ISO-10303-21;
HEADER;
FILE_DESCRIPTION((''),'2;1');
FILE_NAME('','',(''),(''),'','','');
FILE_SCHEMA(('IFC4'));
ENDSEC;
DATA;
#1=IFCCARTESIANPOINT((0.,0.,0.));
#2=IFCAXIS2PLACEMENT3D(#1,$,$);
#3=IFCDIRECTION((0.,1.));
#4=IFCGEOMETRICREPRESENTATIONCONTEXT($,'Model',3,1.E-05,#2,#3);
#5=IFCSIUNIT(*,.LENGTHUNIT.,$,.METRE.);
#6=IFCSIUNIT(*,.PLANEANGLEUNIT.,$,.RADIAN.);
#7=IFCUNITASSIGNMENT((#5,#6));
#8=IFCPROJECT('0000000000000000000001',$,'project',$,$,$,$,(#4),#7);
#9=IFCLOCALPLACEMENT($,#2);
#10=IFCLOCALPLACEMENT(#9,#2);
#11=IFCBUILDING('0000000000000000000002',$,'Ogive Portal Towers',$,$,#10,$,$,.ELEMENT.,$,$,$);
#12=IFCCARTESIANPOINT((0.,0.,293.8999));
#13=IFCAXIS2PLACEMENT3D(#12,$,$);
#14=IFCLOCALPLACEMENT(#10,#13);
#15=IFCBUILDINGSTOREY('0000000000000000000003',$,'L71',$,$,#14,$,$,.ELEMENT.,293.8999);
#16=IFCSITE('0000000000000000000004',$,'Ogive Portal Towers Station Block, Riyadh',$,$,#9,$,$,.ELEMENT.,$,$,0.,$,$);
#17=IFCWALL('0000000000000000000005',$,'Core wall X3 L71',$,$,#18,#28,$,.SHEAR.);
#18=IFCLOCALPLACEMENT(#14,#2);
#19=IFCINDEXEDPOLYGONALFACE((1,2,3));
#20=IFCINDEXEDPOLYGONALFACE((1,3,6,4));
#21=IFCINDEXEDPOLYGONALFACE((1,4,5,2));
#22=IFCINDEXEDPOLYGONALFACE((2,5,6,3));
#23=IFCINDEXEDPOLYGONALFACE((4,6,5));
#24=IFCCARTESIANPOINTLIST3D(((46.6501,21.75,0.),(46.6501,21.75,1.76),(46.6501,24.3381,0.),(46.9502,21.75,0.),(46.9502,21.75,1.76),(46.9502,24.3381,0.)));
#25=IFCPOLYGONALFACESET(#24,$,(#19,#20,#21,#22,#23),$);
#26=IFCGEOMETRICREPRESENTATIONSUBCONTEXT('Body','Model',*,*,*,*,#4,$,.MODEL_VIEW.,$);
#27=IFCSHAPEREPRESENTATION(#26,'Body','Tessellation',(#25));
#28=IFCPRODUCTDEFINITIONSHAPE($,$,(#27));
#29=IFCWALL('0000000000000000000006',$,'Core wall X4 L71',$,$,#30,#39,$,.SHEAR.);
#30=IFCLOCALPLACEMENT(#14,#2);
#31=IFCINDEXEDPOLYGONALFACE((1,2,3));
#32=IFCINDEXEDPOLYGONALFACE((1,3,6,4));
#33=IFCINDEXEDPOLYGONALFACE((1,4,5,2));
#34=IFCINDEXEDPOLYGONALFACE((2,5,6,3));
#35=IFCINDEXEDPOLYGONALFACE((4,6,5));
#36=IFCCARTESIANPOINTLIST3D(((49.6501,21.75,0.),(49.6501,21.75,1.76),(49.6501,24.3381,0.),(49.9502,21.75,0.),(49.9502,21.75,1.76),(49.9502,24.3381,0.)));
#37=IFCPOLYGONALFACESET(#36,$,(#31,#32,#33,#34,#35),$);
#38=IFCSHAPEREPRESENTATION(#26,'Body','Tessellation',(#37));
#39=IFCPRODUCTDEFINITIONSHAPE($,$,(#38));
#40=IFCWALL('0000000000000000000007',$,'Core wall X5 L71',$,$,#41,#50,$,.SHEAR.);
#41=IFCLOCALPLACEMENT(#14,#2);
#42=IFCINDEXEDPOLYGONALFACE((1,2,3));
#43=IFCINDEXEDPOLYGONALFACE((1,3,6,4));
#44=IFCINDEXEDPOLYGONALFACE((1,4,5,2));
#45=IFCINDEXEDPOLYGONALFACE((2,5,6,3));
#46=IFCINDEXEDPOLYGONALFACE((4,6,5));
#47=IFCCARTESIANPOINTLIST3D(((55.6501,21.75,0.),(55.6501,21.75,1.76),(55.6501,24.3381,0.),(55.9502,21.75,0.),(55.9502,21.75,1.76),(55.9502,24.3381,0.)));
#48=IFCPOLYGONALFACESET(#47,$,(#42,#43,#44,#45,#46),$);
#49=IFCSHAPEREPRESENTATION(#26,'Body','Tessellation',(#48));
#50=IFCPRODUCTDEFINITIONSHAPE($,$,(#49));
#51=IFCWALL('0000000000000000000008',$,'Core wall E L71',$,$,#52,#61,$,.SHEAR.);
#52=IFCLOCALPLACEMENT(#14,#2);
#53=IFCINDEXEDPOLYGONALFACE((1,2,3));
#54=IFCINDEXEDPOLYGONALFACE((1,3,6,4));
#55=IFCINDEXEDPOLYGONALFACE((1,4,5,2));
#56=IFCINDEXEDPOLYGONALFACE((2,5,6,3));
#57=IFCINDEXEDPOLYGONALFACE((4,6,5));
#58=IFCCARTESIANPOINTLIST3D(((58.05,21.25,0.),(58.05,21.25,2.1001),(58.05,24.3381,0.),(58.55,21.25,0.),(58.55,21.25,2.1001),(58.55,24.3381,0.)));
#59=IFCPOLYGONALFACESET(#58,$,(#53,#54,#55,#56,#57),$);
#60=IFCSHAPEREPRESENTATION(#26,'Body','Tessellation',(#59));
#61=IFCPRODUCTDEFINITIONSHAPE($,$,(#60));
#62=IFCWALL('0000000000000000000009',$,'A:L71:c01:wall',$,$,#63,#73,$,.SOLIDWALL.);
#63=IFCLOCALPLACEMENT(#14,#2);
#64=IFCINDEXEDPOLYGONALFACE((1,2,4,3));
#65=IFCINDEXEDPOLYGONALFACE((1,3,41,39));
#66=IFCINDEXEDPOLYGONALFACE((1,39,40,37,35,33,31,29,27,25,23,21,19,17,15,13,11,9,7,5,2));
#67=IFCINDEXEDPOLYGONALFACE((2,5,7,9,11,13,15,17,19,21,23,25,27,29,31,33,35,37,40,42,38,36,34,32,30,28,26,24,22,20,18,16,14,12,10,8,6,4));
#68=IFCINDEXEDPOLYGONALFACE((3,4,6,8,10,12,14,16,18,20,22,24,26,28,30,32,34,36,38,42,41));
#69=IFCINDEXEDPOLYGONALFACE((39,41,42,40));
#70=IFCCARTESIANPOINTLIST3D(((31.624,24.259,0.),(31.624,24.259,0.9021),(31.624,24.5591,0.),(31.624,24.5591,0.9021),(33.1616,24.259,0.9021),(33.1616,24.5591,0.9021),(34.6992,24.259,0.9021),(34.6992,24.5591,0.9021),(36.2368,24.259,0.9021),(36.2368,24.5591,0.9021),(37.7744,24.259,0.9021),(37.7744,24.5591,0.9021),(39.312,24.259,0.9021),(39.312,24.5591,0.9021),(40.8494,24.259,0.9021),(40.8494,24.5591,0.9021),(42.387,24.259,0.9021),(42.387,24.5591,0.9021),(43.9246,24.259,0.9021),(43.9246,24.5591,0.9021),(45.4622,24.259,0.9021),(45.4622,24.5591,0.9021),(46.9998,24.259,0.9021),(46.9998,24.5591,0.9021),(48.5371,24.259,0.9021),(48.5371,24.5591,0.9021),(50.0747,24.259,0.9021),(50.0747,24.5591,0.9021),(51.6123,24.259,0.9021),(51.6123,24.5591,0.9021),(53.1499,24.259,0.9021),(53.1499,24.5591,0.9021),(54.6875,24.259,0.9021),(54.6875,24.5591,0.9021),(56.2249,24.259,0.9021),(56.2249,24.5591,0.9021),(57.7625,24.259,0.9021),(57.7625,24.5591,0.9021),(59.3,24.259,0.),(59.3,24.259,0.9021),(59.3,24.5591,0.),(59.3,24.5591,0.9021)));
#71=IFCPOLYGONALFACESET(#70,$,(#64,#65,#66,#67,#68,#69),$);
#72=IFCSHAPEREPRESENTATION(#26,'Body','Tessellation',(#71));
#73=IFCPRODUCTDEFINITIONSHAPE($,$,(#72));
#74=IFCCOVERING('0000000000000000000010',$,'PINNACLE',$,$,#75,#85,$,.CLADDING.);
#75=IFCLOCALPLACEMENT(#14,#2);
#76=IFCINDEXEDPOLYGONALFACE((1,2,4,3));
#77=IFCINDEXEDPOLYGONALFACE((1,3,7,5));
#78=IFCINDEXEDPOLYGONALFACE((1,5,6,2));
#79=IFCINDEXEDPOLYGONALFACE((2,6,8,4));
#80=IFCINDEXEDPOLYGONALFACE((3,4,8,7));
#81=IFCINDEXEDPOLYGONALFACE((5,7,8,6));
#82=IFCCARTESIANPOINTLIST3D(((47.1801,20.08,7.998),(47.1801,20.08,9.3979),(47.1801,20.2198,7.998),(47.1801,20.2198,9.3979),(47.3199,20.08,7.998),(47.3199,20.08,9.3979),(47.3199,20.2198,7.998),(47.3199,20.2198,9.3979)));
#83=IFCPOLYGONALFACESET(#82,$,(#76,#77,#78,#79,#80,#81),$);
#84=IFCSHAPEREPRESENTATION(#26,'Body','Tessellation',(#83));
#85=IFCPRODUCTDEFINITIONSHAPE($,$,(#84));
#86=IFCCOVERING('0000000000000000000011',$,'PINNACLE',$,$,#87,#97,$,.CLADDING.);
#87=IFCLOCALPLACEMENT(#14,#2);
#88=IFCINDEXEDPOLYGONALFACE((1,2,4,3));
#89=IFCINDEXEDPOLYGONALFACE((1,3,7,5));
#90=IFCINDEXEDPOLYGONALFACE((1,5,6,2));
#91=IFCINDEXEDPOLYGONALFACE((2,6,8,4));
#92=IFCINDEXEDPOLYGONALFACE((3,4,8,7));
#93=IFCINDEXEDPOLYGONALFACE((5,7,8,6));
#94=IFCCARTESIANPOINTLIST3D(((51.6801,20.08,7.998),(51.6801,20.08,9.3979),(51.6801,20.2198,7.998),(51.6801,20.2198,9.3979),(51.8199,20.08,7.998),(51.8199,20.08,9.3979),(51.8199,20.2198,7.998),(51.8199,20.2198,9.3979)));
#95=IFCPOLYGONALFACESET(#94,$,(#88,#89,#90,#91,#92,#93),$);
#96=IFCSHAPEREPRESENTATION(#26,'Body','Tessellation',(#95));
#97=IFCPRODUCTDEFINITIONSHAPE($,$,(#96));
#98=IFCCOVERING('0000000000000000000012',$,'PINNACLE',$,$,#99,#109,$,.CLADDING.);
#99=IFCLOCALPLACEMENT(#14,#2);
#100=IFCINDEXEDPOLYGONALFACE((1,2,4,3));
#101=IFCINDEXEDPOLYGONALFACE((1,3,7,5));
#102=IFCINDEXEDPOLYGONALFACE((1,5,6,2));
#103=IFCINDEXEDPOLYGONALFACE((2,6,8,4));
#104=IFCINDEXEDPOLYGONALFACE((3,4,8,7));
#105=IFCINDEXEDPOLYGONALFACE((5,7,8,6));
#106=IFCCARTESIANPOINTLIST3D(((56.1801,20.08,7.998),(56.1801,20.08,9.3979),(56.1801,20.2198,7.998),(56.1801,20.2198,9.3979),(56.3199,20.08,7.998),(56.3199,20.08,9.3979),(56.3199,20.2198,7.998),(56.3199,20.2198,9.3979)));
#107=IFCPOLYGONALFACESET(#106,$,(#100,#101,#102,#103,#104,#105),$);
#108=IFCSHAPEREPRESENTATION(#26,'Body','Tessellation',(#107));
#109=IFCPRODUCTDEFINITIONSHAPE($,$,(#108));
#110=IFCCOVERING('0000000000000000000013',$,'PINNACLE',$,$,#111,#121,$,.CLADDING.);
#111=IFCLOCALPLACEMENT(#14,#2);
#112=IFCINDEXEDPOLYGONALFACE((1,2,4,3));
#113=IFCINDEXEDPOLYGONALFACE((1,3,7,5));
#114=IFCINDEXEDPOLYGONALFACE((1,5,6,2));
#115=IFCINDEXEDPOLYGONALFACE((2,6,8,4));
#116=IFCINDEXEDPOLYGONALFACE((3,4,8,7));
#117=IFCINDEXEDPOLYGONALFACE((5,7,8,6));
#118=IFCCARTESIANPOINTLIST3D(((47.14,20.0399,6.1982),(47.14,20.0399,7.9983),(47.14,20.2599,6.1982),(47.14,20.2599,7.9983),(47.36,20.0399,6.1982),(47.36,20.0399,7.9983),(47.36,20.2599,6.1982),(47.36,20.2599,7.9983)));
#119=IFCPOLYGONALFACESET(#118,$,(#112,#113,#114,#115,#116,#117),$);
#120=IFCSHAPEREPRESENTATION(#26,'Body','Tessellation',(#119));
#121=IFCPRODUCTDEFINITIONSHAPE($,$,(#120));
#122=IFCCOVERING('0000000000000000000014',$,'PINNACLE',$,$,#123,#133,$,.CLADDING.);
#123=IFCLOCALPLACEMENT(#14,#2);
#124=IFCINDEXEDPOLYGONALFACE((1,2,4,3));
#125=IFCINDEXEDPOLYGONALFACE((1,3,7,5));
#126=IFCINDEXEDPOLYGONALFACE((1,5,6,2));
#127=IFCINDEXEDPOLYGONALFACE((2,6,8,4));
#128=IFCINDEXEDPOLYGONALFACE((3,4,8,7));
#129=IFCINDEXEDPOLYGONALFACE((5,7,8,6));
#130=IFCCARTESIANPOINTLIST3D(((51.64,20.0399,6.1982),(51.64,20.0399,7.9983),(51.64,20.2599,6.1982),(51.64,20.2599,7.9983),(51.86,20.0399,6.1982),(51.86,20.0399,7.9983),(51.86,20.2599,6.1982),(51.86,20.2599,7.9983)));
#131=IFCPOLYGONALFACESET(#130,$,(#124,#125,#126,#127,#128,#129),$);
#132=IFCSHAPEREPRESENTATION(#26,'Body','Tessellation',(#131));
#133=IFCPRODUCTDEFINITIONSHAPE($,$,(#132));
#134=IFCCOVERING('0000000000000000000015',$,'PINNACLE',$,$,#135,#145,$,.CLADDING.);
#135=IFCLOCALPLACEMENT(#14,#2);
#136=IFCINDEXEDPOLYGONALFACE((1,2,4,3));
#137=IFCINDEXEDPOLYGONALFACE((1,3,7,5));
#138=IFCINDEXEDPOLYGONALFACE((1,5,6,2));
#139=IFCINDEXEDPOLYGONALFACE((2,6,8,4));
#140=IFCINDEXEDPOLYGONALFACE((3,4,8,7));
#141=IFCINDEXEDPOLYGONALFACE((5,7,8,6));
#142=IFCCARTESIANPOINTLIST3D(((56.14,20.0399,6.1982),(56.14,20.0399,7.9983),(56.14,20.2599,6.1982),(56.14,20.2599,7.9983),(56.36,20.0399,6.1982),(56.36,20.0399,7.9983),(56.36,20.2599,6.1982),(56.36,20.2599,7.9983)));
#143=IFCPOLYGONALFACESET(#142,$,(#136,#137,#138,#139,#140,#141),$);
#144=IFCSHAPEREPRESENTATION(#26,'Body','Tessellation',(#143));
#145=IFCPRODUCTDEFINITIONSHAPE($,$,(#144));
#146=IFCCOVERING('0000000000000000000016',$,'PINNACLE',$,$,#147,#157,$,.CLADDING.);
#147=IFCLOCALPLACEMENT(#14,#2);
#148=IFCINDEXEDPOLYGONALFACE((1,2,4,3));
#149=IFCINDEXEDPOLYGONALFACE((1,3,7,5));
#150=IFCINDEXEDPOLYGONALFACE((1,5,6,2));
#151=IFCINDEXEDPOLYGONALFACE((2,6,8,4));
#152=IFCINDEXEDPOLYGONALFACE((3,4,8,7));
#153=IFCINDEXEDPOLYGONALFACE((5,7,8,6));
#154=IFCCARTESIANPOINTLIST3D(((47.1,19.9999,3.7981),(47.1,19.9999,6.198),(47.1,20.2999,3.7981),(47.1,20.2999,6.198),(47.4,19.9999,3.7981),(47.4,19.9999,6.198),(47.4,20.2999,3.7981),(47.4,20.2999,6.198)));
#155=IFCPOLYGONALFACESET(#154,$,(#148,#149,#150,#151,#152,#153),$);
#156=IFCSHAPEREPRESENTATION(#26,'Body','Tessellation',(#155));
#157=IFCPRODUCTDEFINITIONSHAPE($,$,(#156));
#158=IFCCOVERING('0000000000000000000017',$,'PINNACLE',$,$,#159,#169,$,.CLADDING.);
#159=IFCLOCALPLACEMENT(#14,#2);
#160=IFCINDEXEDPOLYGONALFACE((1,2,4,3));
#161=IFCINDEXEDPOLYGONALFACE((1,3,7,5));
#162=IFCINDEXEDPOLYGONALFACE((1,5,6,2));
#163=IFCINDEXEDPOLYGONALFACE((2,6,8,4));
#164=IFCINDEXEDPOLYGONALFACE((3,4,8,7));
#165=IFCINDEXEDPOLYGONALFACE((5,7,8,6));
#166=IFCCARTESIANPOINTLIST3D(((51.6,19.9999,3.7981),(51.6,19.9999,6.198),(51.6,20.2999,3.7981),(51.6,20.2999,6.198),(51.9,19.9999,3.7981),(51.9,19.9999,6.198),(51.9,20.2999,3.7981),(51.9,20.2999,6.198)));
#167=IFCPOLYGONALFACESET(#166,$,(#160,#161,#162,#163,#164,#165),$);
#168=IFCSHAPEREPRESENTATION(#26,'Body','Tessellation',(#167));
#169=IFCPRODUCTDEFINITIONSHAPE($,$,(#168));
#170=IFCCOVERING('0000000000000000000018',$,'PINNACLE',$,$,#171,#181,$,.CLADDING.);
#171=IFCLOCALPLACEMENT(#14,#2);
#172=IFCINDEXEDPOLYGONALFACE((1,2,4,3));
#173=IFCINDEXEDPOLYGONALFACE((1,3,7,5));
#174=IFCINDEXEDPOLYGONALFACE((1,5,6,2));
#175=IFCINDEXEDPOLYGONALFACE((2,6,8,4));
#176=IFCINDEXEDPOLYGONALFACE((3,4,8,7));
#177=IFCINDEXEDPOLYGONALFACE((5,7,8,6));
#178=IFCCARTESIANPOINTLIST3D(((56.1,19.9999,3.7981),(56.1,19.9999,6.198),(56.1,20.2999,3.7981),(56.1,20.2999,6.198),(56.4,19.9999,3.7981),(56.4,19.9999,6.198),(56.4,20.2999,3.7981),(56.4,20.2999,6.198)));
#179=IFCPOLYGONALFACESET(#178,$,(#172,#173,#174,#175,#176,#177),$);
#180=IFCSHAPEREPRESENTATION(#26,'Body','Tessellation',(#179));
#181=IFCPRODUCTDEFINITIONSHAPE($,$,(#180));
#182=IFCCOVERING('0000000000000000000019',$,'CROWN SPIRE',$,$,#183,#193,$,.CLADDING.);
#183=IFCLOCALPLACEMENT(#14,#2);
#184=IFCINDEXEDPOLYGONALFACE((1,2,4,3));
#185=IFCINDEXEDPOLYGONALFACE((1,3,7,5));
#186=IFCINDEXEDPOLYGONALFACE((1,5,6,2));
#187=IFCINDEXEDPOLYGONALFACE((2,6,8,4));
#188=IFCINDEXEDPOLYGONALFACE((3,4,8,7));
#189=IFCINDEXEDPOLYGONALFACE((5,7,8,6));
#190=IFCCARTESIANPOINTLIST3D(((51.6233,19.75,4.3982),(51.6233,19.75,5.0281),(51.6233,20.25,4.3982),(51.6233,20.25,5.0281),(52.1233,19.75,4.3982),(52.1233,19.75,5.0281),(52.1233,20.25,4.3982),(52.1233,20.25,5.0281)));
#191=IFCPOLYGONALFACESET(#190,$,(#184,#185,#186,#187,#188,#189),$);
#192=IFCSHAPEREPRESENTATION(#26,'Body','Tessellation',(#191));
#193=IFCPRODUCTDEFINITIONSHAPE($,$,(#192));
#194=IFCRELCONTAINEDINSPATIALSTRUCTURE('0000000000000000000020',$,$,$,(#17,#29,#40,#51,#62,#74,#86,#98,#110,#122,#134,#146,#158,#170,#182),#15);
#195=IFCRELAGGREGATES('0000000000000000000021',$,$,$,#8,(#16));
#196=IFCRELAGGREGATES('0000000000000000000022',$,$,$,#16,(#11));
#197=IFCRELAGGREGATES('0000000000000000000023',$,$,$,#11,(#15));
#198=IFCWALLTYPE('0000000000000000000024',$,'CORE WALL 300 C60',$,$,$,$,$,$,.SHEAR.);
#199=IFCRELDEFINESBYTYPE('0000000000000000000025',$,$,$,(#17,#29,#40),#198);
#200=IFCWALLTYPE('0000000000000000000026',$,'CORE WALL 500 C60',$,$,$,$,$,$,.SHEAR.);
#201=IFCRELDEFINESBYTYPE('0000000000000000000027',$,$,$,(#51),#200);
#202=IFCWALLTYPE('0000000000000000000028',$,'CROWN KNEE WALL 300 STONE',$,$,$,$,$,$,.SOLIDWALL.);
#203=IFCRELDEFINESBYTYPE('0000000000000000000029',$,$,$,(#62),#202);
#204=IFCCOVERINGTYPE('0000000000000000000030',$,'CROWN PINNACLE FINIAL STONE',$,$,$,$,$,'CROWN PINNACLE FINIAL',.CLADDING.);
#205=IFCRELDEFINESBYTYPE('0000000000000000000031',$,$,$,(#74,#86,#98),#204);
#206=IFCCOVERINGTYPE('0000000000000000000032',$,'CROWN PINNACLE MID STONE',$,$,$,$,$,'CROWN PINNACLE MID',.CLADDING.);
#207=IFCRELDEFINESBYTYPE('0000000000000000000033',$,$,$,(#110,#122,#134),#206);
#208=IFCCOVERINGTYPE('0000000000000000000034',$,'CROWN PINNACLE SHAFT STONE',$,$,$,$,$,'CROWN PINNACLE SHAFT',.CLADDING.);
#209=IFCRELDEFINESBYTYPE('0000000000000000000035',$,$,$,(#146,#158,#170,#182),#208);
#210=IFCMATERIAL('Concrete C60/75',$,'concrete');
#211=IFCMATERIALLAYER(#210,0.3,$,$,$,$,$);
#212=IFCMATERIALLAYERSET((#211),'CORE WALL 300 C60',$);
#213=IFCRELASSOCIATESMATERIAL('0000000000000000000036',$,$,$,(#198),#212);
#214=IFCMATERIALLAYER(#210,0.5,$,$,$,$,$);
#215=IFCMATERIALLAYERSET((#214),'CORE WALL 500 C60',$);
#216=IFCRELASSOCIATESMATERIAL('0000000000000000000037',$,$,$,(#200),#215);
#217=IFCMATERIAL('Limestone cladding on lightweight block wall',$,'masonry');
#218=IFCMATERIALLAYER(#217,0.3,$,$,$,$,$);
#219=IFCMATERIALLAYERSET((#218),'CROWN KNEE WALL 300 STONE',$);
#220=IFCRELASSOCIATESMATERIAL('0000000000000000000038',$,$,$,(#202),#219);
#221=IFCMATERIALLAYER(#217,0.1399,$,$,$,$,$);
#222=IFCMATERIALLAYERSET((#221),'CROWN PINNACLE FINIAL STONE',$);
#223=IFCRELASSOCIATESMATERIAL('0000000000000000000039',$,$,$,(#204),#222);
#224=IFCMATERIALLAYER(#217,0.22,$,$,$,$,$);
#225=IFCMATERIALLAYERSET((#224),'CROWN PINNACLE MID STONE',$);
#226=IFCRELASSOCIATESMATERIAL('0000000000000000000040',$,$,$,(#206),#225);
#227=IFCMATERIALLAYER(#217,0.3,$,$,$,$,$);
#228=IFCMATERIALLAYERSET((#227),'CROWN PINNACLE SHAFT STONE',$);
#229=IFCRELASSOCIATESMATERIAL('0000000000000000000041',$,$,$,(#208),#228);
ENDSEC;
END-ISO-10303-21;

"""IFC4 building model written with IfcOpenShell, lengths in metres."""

from ifc_helpers import new_model, si_unit, direction, frame, origin, origin_2d, place, context, subcontext, project, spatial, polyline, rectangle, outline, extrude, material, layer, layer_set, type_object, element, save


model = new_model("IFC4")

# Units and contexts
model_context = context("Model", 3, precision=1e-05, world=origin(), true_north=direction((0.0, 1.0)))
body_context = subcontext(model_context, "Body", "Model", "MODEL_VIEW")
ifc_project = project(units=[si_unit("LENGTHUNIT", "METRE"), si_unit("PLANEANGLEUNIT", "RADIAN")], contexts=[model_context])

# Site, building, storey
site_placement = place(None, origin())
site = spatial("IfcSite", under=ifc_project, at=site_placement, Name="Ogive Portal Towers Station Block, Riyadh", CompositionType="ELEMENT", RefElevation=0.0)
building_placement = place(site_placement, origin())
building = spatial("IfcBuilding", under=site, at=building_placement, Name="Ogive Portal Towers", CompositionType="ELEMENT")
storey_placement = place(building_placement, frame((0.0, 0.0, 293.8999)))
storey = spatial("IfcBuildingStorey", under=building, at=storey_placement, Name="L71", CompositionType="ELEMENT", Elevation=293.8999)

# Walls
ifc_material_1 = material(Name="Concrete C60/75", Category="concrete")
ifc_layer_1 = layer(ifc_material_1, 0.3)
ifc_layer_set_1 = layer_set([ifc_layer_1], Name="CORE WALL 300 C60")
wall_type_1 = type_object("IfcWallType", Name="CORE WALL 300 C60", PredefinedType="SHEAR", material=ifc_layer_set_1)
for number, where, z_axis, x_axis, name in (
    (1, (46.8, 21.75, 0.0), (0.0, 0.0, 1.0), (0.0, 1.0, 0.0), "Core wall X3 L71"),
    (2, (49.8, 21.75, 0.0), (0.0, 0.0, 1.0), (0.0, 1.0, 0.0), "Core wall X4 L71"),
    (3, (55.8, 21.75, 0.0), (0.0, 0.0, 1.0), (0.0, 1.0, 0.0), "Core wall X5 L71"),
):
    element("IfcWall", number, at=place(storey_placement, frame(where, z_axis=z_axis, x_axis=x_axis)), inside=storey, type_object=wall_type_1, Name=name, PredefinedType="SHEAR", context=body_context, shape_type="SweptSolid", body=[
        extrude(outline(polyline([(0.0, 0.0), (8.75, 0.0), (2.5881, 0.0), (0.0, 1.76), (0.0, 0.0)])), frame((0.0, 0.1499, 0.0), z_axis=(0.0, -1.0, 0.0), x_axis=(1.0, 0.0, 0.0)), (0.0, 0.0, 1.0), 0.3),
    ])
ifc_layer_2 = layer(ifc_material_1, 0.5)
ifc_layer_set_2 = layer_set([ifc_layer_2], Name="CORE WALL 500 C60")
wall_type_2 = type_object("IfcWallType", Name="CORE WALL 500 C60", PredefinedType="SHEAR", material=ifc_layer_set_2)
wall_1_placement = place(storey_placement, frame((58.3, 21.25, 0.0), z_axis=(0.0, 0.0, 1.0), x_axis=(0.0, 1.0, 0.0)))
element("IfcWall", 4, at=wall_1_placement, inside=storey, type_object=wall_type_2, Name="Core wall E L71", PredefinedType="SHEAR", context=body_context, shape_type="SweptSolid", body=[
    extrude(outline(polyline([(0.0, 0.0), (18.5, 0.0), (3.0881, 0.0), (0.0, 2.1001), (0.0, 0.0)])), frame((0.0, 0.25, 0.0), z_axis=(0.0, -1.0, 0.0), x_axis=(1.0, 0.0, 0.0)), (0.0, 0.0, 1.0), 0.5),
])
ifc_material_2 = material(Name="Limestone cladding on lightweight block wall", Category="masonry")
ifc_layer_3 = layer(ifc_material_2, 0.3)
ifc_layer_set_3 = layer_set([ifc_layer_3], Name="CROWN KNEE WALL 300 STONE")
wall_type_3 = type_object("IfcWallType", Name="CROWN KNEE WALL 300 STONE", PredefinedType="SOLIDWALL", material=ifc_layer_set_3)
wall_2_placement = place(storey_placement, frame((59.3, 24.4089, 0.0), z_axis=(0.0, 0.0, 1.0), x_axis=(-1.0, 0.0, 0.0)))
element("IfcWall", 5, at=wall_2_placement, inside=storey, type_object=wall_type_3, Name="A:L71:c01:wall", PredefinedType="SOLIDWALL", context=body_context, shape_type="SweptSolid", body=[
    extrude(outline(polyline([(0.0, 0.0), (27.676, 0.0), (27.676, 0.9021), (26.1384, 0.9021), (24.6008, 0.9021), (23.0632, 0.9021), (21.5256, 0.9021), (19.988, 0.9021), (18.4507, 0.9021), (16.9131, 0.9021), (15.3755, 0.9021), (13.8379, 0.9021), (12.3003, 0.9021), (10.7629, 0.9021), (9.2253, 0.9021), (7.6877, 0.9021), (6.1501, 0.9021), (4.6125, 0.9021), (3.0752, 0.9021), (1.5376, 0.9021), (0.0, 0.9021), (0.0, 0.0)])), frame((0.0, 0.1499, 0.0), z_axis=(0.0, -1.0, 0.0), x_axis=(1.0, 0.0, 0.0)), (0.0, 0.0, 1.0), 0.3),
])

# Coverings
ifc_layer_4 = layer(ifc_material_2, 0.1399)
ifc_layer_set_4 = layer_set([ifc_layer_4], Name="CROWN PINNACLE FINIAL STONE")
covering_type_1 = type_object("IfcCoveringType", Name="CROWN PINNACLE FINIAL STONE", ElementType="CROWN PINNACLE FINIAL", PredefinedType="CLADDING", material=ifc_layer_set_4)
for number, where, z_axis, x_axis, name in (
    (6, (47.25, 20.1499, 7.998), (0.0, 0.0, 1.0), (1.0, 0.0, 0.0), "PINNACLE"),
    (7, (51.75, 20.1499, 7.998), (0.0, 0.0, 1.0), (1.0, 0.0, 0.0), "PINNACLE"),
    (8, (56.25, 20.1499, 7.998), (0.0, 0.0, 1.0), (1.0, 0.0, 0.0), "PINNACLE"),
):
    element("IfcCovering", number, at=place(storey_placement, frame(where, z_axis=z_axis, x_axis=x_axis)), inside=storey, type_object=covering_type_1, Name=name, PredefinedType="CLADDING", context=body_context, shape_type="SweptSolid", body=[
        extrude(rectangle(XDim=0.1399, YDim=0.1399, at=origin_2d()), origin(), (0.0, 0.0, 1.0), 1.3999),
    ])
ifc_layer_5 = layer(ifc_material_2, 0.22)
ifc_layer_set_5 = layer_set([ifc_layer_5], Name="CROWN PINNACLE MID STONE")
covering_type_2 = type_object("IfcCoveringType", Name="CROWN PINNACLE MID STONE", ElementType="CROWN PINNACLE MID", PredefinedType="CLADDING", material=ifc_layer_set_5)
for number, where, z_axis, x_axis, name in (
    (9, (47.25, 20.1499, 6.1982), (0.0, 0.0, 1.0), (1.0, 0.0, 0.0), "PINNACLE"),
    (10, (51.75, 20.1499, 6.1982), (0.0, 0.0, 1.0), (1.0, 0.0, 0.0), "PINNACLE"),
    (11, (56.25, 20.1499, 6.1982), (0.0, 0.0, 1.0), (1.0, 0.0, 0.0), "PINNACLE"),
):
    element("IfcCovering", number, at=place(storey_placement, frame(where, z_axis=z_axis, x_axis=x_axis)), inside=storey, type_object=covering_type_2, Name=name, PredefinedType="CLADDING", context=body_context, shape_type="SweptSolid", body=[
        extrude(rectangle(XDim=0.22, YDim=0.22, at=origin_2d()), origin(), (0.0, 0.0, 1.0), 1.8),
    ])
ifc_layer_6 = layer(ifc_material_2, 0.3)
ifc_layer_set_6 = layer_set([ifc_layer_6], Name="CROWN PINNACLE SHAFT STONE")
covering_type_3 = type_object("IfcCoveringType", Name="CROWN PINNACLE SHAFT STONE", ElementType="CROWN PINNACLE SHAFT", PredefinedType="CLADDING", material=ifc_layer_set_6)
for number, where, z_axis, x_axis, name in (
    (12, (47.25, 20.1499, 3.7981), (0.0, 0.0, 1.0), (1.0, 0.0, 0.0), "PINNACLE"),
    (13, (51.75, 20.1499, 3.7981), (0.0, 0.0, 1.0), (1.0, 0.0, 0.0), "PINNACLE"),
    (14, (56.25, 20.1499, 3.7981), (0.0, 0.0, 1.0), (1.0, 0.0, 0.0), "PINNACLE"),
):
    element("IfcCovering", number, at=place(storey_placement, frame(where, z_axis=z_axis, x_axis=x_axis)), inside=storey, type_object=covering_type_3, Name=name, PredefinedType="CLADDING", context=body_context, shape_type="SweptSolid", body=[
        extrude(rectangle(XDim=0.3, YDim=0.3, at=origin_2d()), origin(), (0.0, 0.0, 1.0), 2.3999),
    ])
covering_1_placement = place(storey_placement, frame((51.8733, 20.0, 4.3982), z_axis=(0.0, 0.0, 1.0), x_axis=(1.0, 0.0, 0.0)))
element("IfcCovering", 15, at=covering_1_placement, inside=storey, type_object=covering_type_3, Name="CROWN SPIRE", PredefinedType="CLADDING", context=body_context, shape_type="SweptSolid", body=[
    extrude(rectangle(XDim=0.5, YDim=0.5, at=origin_2d()), origin(), (0.0, 0.0, 1.0), 0.6299),
])

save(model, "model.ifc")
